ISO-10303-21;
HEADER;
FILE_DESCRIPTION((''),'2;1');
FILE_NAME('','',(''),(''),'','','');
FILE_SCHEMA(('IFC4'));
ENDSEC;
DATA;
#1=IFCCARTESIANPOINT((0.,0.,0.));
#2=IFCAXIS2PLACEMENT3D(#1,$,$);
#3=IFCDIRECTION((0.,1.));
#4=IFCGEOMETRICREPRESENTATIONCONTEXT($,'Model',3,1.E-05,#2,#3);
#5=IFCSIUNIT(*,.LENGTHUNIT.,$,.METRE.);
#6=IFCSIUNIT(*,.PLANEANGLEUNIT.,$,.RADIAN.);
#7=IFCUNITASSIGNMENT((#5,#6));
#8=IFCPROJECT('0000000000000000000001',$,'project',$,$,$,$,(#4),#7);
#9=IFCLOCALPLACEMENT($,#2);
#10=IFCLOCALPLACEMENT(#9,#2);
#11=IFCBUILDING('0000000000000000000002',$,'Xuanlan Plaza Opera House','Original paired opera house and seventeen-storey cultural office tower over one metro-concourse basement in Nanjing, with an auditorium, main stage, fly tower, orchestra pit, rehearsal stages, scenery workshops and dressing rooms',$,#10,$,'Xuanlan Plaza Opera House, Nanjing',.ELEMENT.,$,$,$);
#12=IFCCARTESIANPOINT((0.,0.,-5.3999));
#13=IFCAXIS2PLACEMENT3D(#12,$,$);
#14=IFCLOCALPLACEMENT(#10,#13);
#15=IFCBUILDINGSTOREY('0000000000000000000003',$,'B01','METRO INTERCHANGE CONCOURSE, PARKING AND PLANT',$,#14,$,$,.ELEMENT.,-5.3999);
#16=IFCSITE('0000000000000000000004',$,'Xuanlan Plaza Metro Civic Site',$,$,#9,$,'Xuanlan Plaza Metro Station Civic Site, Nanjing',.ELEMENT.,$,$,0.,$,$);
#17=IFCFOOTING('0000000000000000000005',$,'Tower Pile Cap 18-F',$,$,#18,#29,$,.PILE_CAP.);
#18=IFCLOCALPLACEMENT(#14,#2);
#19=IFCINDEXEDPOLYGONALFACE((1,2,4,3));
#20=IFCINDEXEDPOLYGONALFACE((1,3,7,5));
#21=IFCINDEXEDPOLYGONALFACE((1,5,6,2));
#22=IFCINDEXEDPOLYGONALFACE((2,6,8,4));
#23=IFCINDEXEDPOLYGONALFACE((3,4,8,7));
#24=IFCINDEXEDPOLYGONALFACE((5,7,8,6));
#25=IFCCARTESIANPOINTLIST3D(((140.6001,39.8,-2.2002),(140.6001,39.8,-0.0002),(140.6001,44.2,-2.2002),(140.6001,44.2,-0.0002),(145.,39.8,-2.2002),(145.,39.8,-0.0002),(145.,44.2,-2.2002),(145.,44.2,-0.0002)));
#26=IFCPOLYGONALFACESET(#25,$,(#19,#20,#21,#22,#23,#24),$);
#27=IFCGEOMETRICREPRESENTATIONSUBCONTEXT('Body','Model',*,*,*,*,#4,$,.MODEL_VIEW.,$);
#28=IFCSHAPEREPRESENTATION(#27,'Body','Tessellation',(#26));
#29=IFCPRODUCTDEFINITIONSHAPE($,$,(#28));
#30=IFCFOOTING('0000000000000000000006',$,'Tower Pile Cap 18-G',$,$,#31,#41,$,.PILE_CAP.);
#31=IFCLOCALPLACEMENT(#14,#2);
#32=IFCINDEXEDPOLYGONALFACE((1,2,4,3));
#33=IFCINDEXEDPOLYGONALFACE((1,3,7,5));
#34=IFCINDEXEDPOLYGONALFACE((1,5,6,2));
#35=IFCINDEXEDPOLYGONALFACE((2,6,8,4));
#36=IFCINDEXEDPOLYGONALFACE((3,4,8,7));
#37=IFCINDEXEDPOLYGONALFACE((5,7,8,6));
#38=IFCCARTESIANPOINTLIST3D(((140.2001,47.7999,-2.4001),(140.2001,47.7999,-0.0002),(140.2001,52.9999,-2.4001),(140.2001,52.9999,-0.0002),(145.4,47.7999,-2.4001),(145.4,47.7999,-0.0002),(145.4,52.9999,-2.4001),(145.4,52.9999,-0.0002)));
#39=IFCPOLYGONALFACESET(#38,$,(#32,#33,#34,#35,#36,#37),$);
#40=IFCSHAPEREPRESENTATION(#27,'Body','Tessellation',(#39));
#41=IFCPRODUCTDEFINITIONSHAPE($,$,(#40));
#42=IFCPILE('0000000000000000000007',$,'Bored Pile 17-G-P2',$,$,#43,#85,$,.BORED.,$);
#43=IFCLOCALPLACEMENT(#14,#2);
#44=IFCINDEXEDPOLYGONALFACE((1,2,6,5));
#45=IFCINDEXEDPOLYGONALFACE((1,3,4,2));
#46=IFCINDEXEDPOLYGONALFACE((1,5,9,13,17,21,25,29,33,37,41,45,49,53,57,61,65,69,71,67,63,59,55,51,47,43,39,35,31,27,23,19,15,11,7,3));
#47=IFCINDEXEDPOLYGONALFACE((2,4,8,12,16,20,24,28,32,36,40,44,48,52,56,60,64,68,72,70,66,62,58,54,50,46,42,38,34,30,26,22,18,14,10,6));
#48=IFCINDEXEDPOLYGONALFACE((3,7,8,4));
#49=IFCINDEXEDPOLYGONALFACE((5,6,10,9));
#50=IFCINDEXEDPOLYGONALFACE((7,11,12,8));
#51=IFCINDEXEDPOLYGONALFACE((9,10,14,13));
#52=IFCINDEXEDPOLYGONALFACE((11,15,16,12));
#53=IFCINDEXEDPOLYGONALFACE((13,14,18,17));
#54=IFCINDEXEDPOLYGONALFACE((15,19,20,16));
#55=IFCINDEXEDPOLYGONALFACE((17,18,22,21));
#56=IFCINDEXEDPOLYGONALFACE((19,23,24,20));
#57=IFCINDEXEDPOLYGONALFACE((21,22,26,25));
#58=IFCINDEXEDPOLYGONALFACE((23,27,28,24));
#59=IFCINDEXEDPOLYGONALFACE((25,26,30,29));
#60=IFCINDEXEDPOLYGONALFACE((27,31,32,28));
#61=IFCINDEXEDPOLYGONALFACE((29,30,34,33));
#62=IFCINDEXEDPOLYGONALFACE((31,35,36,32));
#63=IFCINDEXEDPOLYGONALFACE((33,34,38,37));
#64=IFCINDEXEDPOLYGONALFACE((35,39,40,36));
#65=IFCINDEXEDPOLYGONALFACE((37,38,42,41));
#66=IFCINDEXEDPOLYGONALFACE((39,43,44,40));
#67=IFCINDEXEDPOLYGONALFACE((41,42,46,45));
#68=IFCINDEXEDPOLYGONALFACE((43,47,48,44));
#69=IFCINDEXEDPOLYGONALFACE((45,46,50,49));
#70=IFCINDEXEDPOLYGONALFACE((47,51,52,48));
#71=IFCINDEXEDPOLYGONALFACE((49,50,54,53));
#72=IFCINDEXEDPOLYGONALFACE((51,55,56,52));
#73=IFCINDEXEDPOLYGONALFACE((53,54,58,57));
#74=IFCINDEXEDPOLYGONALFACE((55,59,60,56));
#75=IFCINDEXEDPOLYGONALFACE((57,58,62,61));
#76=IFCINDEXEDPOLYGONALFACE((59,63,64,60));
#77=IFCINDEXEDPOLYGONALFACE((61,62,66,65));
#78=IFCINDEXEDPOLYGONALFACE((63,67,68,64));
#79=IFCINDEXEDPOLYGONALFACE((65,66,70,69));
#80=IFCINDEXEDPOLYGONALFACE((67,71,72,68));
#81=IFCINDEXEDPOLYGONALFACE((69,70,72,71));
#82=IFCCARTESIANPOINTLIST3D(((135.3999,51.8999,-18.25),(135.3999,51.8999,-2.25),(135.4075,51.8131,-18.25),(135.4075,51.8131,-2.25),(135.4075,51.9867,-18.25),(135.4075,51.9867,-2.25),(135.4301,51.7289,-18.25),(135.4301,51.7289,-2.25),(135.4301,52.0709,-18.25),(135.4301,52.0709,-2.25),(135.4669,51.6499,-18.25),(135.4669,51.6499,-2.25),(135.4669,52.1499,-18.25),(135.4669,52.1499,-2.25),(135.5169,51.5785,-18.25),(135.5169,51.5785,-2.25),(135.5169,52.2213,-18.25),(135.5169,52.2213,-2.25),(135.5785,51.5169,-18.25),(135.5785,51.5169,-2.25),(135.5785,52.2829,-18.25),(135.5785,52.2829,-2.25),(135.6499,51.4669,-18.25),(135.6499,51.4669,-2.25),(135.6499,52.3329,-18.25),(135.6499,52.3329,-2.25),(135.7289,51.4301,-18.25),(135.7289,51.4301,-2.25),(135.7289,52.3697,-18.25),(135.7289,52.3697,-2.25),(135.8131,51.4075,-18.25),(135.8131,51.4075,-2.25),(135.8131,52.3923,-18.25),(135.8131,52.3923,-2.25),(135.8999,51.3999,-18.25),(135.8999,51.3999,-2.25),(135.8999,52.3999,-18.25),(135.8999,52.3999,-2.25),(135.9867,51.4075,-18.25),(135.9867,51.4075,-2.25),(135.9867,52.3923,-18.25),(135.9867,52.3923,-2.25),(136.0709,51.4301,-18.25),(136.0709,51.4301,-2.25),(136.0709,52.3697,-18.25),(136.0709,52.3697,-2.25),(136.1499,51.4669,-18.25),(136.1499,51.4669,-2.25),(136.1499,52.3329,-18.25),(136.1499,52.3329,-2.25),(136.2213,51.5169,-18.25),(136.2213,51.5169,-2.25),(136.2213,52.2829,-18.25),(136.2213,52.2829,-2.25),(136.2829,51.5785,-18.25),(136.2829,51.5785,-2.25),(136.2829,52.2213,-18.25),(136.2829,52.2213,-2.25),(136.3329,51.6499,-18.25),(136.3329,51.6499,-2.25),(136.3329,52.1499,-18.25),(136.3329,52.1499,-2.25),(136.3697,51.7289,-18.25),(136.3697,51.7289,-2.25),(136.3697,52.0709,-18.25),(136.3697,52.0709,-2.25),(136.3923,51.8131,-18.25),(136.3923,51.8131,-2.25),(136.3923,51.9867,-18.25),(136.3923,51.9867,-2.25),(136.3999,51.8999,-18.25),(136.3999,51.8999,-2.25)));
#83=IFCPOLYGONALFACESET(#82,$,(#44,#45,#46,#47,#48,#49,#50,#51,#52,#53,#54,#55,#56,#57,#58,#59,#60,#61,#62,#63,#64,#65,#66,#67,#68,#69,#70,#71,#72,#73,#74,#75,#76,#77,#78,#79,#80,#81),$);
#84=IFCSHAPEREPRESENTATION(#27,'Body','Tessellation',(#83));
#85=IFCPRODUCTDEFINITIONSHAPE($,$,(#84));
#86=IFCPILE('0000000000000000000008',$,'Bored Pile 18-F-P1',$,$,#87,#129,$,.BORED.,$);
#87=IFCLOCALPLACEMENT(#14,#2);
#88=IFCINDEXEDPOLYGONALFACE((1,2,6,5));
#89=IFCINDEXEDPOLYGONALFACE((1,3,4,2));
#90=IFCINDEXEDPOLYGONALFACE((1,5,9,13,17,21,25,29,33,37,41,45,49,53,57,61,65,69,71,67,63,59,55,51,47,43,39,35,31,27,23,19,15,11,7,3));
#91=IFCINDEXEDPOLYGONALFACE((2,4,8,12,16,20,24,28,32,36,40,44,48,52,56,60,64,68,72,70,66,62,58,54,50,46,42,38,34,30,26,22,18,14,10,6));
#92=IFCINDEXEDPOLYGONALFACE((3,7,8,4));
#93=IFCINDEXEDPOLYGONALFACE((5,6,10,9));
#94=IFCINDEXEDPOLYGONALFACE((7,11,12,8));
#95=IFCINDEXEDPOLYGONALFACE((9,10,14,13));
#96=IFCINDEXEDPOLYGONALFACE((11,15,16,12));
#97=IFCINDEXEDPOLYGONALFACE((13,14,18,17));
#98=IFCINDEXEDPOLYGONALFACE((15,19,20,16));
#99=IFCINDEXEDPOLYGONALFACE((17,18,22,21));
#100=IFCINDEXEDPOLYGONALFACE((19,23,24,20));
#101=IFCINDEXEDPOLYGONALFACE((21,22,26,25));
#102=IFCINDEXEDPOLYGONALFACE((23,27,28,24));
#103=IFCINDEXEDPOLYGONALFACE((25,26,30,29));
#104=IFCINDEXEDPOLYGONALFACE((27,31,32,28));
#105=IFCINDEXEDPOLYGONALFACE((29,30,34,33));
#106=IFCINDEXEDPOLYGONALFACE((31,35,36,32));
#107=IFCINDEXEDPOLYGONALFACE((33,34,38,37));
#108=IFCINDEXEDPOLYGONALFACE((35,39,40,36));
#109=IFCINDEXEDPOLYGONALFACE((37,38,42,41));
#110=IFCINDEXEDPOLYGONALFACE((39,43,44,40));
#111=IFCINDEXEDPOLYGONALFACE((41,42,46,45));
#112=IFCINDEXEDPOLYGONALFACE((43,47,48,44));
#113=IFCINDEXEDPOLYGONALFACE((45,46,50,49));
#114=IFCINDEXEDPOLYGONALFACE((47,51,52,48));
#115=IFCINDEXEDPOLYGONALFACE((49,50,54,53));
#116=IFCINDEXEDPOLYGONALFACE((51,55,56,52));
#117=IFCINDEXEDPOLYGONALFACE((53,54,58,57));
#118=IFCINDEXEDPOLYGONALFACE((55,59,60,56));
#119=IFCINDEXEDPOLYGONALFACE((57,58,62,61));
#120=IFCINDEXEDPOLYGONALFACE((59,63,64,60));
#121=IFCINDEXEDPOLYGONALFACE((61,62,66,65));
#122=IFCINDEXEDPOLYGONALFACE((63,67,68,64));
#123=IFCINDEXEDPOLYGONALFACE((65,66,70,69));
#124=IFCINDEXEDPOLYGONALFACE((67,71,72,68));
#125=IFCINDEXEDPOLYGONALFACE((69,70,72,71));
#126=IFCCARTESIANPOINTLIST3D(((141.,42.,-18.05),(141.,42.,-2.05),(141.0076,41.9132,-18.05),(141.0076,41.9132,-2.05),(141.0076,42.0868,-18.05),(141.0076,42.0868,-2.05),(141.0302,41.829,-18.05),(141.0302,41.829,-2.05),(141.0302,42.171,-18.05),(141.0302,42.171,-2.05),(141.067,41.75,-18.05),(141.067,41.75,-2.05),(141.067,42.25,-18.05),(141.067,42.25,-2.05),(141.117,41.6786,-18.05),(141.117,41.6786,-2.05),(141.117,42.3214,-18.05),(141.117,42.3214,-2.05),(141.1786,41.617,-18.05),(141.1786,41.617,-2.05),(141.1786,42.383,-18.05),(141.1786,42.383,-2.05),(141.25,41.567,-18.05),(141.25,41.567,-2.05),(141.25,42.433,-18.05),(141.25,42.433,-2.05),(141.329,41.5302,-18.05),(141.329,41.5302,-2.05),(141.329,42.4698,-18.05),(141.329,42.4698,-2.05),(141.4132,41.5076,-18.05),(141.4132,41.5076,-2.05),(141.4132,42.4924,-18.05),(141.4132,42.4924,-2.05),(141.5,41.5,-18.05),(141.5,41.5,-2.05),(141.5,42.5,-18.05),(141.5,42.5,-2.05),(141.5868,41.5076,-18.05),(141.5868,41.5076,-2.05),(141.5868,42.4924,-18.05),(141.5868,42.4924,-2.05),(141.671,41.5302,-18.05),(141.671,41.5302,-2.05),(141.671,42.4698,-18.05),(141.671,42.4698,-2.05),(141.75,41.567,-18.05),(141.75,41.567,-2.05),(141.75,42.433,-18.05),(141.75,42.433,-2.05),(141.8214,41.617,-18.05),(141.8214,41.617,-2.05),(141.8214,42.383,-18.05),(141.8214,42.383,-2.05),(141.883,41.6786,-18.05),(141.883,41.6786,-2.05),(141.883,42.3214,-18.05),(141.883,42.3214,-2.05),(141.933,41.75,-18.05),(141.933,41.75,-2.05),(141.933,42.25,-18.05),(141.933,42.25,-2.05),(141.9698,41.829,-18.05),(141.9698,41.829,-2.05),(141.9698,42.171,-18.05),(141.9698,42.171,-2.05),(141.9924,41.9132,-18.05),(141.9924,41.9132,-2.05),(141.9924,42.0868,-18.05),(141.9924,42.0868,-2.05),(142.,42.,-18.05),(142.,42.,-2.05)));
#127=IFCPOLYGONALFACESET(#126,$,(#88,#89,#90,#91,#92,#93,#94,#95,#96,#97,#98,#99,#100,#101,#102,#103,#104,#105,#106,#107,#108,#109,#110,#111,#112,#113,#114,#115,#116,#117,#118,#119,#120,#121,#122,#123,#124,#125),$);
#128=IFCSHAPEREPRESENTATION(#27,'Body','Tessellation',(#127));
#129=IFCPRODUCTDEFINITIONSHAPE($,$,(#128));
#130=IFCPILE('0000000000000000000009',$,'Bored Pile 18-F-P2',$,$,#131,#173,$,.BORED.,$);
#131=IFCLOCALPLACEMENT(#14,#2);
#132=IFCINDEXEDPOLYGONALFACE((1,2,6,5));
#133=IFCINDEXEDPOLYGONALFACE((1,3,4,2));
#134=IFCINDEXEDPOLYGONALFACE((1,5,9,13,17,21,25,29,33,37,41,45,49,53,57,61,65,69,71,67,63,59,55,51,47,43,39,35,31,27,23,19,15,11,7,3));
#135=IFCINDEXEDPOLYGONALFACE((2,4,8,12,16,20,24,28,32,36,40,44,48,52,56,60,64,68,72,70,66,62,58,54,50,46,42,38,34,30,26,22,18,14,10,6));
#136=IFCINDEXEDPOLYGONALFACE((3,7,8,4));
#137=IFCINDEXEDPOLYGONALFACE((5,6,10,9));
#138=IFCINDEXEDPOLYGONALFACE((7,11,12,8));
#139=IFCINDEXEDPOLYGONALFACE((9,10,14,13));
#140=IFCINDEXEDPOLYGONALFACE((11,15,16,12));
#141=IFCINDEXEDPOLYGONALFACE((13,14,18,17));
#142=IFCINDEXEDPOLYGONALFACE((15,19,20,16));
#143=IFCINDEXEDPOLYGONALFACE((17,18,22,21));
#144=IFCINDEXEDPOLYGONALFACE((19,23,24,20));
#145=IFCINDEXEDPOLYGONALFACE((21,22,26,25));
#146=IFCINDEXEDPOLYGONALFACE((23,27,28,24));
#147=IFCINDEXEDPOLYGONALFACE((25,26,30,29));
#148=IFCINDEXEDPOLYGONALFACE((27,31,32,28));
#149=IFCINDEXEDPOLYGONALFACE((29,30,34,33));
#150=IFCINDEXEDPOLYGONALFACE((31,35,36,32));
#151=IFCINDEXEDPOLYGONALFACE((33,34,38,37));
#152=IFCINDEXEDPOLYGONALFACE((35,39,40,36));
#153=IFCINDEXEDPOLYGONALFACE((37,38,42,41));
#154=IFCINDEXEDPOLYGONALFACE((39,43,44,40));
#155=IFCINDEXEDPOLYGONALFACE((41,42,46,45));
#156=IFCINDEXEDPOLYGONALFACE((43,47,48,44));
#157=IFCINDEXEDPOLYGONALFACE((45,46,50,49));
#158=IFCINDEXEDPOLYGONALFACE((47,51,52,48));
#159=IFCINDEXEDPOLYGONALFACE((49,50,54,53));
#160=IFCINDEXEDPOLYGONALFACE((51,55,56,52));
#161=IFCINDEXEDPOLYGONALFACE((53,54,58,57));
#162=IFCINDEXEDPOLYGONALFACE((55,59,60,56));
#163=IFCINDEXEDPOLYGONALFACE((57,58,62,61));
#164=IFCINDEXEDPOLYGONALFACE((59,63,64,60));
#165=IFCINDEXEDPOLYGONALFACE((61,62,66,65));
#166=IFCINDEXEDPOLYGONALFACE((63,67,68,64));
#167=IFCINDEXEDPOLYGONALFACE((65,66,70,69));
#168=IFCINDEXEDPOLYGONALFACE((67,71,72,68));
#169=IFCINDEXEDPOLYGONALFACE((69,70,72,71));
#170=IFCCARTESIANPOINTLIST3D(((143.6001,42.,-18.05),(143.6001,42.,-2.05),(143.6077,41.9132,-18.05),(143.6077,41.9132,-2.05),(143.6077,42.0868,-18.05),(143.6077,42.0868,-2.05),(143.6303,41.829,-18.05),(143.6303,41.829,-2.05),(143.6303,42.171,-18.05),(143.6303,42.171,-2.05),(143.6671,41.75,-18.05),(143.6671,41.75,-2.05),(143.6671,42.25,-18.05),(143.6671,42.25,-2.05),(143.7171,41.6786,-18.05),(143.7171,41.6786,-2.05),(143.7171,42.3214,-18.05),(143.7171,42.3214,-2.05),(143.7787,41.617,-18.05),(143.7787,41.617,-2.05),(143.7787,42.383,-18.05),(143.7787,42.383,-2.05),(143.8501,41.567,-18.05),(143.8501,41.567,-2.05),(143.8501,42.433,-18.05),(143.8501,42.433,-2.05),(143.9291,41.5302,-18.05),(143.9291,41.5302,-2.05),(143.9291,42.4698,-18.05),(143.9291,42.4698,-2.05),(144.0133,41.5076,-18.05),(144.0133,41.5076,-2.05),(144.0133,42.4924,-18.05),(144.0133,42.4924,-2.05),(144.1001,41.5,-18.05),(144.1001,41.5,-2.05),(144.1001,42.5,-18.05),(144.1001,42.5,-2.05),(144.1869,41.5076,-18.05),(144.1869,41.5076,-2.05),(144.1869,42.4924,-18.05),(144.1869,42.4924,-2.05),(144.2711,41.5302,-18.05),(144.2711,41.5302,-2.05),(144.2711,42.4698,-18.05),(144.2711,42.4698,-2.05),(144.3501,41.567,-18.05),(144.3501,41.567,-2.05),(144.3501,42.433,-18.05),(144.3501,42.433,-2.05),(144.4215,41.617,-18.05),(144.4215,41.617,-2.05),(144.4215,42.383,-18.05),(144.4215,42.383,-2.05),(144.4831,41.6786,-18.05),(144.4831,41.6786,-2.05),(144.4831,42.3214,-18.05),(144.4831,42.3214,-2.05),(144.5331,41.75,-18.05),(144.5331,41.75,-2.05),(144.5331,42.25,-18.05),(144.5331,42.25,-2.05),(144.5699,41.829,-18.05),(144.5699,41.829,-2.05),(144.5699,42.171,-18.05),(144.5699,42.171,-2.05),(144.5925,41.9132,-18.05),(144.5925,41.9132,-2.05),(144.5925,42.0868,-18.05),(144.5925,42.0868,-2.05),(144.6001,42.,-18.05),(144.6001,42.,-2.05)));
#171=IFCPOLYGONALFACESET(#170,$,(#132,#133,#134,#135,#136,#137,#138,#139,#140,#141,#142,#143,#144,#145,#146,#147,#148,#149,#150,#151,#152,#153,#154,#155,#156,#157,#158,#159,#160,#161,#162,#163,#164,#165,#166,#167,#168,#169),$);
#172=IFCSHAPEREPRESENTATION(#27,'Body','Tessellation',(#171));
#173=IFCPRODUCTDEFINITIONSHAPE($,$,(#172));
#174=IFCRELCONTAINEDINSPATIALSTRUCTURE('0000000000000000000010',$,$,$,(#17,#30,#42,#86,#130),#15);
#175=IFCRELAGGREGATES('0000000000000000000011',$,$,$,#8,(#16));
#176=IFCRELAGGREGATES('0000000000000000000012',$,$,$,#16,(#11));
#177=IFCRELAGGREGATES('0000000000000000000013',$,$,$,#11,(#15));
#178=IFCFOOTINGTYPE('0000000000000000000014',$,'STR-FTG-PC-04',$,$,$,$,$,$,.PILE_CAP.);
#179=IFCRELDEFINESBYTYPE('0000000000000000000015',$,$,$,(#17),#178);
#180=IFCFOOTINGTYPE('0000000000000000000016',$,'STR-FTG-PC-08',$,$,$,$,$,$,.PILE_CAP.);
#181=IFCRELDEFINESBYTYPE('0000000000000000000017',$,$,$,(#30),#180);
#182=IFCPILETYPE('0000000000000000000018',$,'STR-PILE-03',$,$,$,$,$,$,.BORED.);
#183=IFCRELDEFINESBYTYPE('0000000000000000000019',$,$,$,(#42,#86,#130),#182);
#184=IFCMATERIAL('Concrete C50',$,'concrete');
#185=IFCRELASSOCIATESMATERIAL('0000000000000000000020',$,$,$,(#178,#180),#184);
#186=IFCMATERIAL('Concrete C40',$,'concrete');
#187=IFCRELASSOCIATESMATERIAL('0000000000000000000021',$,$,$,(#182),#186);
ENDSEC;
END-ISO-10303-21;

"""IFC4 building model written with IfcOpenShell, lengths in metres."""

from ifc_helpers import new_model, si_unit, direction, frame, origin, origin_2d, place, context, subcontext, project, spatial, rectangle, circle, extrude, material, material_profile, profile_set, type_object, element, save


model = new_model("IFC4")

# Units and contexts
model_context = context("Model", 3, precision=1e-05, world=origin(), true_north=direction((0.0, 1.0)))
body_context = subcontext(model_context, "Body", "Model", "MODEL_VIEW")
ifc_project = project(units=[si_unit("LENGTHUNIT", "METRE"), si_unit("PLANEANGLEUNIT", "RADIAN")], contexts=[model_context])

# Site, building, storey
site_placement = place(None, origin())
site = spatial("IfcSite", under=ifc_project, at=site_placement, Name="Xuanlan Plaza Metro Civic Site", LongName="Xuanlan Plaza Metro Station Civic Site, Nanjing", CompositionType="ELEMENT", RefElevation=0.0)
building_placement = place(site_placement, origin())
building = spatial("IfcBuilding", under=site, at=building_placement, Name="Xuanlan Plaza Opera House", Description="Original paired opera house and seventeen-storey cultural office tower over one metro-concourse basement in Nanjing, with an auditorium, main stage, fly tower, orchestra pit, rehearsal stages, scenery workshops and dressing rooms", LongName="Xuanlan Plaza Opera House, Nanjing", CompositionType="ELEMENT")
storey_placement = place(building_placement, frame((0.0, 0.0, -5.3999)))
storey = spatial("IfcBuildingStorey", under=building, at=storey_placement, Name="B01", Description="METRO INTERCHANGE CONCOURSE, PARKING AND PLANT", CompositionType="ELEMENT", Elevation=-5.3999)

# Footings
ifc_material_1 = material(Name="Concrete C50", Category="concrete")
footing_type_1 = type_object("IfcFootingType", Name="STR-FTG-PC-04", PredefinedType="PILE_CAP", material=ifc_material_1)
footing_1_placement = place(storey_placement, frame((142.8, 42.0, -2.2002), z_axis=(0.0, 0.0, 1.0), x_axis=(1.0, 0.0, 0.0)))
element("IfcFooting", 1, at=footing_1_placement, inside=storey, type_object=footing_type_1, Name="Tower Pile Cap 18-F", PredefinedType="PILE_CAP", context=body_context, shape_type="SweptSolid", body=[
    extrude(rectangle(XDim=4.3999, YDim=4.3999, at=origin_2d()), origin(), (0.0, 0.0, 1.0), 2.2),
])
footing_type_2 = type_object("IfcFootingType", Name="STR-FTG-PC-08", PredefinedType="PILE_CAP", material=ifc_material_1)
footing_2_placement = place(storey_placement, frame((142.8, 50.3999, -2.4001), z_axis=(0.0, 0.0, 1.0), x_axis=(1.0, 0.0, 0.0)))
element("IfcFooting", 2, at=footing_2_placement, inside=storey, type_object=footing_type_2, Name="Tower Pile Cap 18-G", PredefinedType="PILE_CAP", context=body_context, shape_type="SweptSolid", body=[
    extrude(rectangle(XDim=5.2, YDim=5.2, at=origin_2d()), origin(), (0.0, 0.0, 1.0), 2.3999),
])

# Piles
ifc_material_2 = material(Name="Concrete C40", Category="concrete")
ifc_material_profile_1 = material_profile(ifc_material_2, circle(Radius=0.5, at=origin_2d()), Name="PILE D1000")
ifc_profile_set_1 = profile_set([ifc_material_profile_1], Name="Concrete C40")
pile_type = type_object("IfcPileType", Name="STR-PILE-03", PredefinedType="BORED", material=ifc_profile_set_1)
for number, where, z_axis, x_axis, name in (
    (3, (135.8999, 51.8999, -2.25), (0.0, 0.0, -1.0), (1.0, 0.0, 0.0), "Bored Pile 17-G-P2"),
    (4, (141.5, 42.0, -2.05), (0.0, 0.0, -1.0), (1.0, 0.0, 0.0), "Bored Pile 18-F-P1"),
    (5, (144.1001, 42.0, -2.05), (0.0, 0.0, -1.0), (1.0, 0.0, 0.0), "Bored Pile 18-F-P2"),
):
    element("IfcPile", number, at=place(storey_placement, frame(where, z_axis=z_axis, x_axis=x_axis)), inside=storey, type_object=pile_type, Name=name, PredefinedType="BORED", context=body_context, shape_type="SweptSolid", body=[
        extrude(circle(Radius=0.5, at=origin_2d()), origin(), (0.0, 0.0, 1.0), 16.0),
    ])

save(model, "model.ifc")
